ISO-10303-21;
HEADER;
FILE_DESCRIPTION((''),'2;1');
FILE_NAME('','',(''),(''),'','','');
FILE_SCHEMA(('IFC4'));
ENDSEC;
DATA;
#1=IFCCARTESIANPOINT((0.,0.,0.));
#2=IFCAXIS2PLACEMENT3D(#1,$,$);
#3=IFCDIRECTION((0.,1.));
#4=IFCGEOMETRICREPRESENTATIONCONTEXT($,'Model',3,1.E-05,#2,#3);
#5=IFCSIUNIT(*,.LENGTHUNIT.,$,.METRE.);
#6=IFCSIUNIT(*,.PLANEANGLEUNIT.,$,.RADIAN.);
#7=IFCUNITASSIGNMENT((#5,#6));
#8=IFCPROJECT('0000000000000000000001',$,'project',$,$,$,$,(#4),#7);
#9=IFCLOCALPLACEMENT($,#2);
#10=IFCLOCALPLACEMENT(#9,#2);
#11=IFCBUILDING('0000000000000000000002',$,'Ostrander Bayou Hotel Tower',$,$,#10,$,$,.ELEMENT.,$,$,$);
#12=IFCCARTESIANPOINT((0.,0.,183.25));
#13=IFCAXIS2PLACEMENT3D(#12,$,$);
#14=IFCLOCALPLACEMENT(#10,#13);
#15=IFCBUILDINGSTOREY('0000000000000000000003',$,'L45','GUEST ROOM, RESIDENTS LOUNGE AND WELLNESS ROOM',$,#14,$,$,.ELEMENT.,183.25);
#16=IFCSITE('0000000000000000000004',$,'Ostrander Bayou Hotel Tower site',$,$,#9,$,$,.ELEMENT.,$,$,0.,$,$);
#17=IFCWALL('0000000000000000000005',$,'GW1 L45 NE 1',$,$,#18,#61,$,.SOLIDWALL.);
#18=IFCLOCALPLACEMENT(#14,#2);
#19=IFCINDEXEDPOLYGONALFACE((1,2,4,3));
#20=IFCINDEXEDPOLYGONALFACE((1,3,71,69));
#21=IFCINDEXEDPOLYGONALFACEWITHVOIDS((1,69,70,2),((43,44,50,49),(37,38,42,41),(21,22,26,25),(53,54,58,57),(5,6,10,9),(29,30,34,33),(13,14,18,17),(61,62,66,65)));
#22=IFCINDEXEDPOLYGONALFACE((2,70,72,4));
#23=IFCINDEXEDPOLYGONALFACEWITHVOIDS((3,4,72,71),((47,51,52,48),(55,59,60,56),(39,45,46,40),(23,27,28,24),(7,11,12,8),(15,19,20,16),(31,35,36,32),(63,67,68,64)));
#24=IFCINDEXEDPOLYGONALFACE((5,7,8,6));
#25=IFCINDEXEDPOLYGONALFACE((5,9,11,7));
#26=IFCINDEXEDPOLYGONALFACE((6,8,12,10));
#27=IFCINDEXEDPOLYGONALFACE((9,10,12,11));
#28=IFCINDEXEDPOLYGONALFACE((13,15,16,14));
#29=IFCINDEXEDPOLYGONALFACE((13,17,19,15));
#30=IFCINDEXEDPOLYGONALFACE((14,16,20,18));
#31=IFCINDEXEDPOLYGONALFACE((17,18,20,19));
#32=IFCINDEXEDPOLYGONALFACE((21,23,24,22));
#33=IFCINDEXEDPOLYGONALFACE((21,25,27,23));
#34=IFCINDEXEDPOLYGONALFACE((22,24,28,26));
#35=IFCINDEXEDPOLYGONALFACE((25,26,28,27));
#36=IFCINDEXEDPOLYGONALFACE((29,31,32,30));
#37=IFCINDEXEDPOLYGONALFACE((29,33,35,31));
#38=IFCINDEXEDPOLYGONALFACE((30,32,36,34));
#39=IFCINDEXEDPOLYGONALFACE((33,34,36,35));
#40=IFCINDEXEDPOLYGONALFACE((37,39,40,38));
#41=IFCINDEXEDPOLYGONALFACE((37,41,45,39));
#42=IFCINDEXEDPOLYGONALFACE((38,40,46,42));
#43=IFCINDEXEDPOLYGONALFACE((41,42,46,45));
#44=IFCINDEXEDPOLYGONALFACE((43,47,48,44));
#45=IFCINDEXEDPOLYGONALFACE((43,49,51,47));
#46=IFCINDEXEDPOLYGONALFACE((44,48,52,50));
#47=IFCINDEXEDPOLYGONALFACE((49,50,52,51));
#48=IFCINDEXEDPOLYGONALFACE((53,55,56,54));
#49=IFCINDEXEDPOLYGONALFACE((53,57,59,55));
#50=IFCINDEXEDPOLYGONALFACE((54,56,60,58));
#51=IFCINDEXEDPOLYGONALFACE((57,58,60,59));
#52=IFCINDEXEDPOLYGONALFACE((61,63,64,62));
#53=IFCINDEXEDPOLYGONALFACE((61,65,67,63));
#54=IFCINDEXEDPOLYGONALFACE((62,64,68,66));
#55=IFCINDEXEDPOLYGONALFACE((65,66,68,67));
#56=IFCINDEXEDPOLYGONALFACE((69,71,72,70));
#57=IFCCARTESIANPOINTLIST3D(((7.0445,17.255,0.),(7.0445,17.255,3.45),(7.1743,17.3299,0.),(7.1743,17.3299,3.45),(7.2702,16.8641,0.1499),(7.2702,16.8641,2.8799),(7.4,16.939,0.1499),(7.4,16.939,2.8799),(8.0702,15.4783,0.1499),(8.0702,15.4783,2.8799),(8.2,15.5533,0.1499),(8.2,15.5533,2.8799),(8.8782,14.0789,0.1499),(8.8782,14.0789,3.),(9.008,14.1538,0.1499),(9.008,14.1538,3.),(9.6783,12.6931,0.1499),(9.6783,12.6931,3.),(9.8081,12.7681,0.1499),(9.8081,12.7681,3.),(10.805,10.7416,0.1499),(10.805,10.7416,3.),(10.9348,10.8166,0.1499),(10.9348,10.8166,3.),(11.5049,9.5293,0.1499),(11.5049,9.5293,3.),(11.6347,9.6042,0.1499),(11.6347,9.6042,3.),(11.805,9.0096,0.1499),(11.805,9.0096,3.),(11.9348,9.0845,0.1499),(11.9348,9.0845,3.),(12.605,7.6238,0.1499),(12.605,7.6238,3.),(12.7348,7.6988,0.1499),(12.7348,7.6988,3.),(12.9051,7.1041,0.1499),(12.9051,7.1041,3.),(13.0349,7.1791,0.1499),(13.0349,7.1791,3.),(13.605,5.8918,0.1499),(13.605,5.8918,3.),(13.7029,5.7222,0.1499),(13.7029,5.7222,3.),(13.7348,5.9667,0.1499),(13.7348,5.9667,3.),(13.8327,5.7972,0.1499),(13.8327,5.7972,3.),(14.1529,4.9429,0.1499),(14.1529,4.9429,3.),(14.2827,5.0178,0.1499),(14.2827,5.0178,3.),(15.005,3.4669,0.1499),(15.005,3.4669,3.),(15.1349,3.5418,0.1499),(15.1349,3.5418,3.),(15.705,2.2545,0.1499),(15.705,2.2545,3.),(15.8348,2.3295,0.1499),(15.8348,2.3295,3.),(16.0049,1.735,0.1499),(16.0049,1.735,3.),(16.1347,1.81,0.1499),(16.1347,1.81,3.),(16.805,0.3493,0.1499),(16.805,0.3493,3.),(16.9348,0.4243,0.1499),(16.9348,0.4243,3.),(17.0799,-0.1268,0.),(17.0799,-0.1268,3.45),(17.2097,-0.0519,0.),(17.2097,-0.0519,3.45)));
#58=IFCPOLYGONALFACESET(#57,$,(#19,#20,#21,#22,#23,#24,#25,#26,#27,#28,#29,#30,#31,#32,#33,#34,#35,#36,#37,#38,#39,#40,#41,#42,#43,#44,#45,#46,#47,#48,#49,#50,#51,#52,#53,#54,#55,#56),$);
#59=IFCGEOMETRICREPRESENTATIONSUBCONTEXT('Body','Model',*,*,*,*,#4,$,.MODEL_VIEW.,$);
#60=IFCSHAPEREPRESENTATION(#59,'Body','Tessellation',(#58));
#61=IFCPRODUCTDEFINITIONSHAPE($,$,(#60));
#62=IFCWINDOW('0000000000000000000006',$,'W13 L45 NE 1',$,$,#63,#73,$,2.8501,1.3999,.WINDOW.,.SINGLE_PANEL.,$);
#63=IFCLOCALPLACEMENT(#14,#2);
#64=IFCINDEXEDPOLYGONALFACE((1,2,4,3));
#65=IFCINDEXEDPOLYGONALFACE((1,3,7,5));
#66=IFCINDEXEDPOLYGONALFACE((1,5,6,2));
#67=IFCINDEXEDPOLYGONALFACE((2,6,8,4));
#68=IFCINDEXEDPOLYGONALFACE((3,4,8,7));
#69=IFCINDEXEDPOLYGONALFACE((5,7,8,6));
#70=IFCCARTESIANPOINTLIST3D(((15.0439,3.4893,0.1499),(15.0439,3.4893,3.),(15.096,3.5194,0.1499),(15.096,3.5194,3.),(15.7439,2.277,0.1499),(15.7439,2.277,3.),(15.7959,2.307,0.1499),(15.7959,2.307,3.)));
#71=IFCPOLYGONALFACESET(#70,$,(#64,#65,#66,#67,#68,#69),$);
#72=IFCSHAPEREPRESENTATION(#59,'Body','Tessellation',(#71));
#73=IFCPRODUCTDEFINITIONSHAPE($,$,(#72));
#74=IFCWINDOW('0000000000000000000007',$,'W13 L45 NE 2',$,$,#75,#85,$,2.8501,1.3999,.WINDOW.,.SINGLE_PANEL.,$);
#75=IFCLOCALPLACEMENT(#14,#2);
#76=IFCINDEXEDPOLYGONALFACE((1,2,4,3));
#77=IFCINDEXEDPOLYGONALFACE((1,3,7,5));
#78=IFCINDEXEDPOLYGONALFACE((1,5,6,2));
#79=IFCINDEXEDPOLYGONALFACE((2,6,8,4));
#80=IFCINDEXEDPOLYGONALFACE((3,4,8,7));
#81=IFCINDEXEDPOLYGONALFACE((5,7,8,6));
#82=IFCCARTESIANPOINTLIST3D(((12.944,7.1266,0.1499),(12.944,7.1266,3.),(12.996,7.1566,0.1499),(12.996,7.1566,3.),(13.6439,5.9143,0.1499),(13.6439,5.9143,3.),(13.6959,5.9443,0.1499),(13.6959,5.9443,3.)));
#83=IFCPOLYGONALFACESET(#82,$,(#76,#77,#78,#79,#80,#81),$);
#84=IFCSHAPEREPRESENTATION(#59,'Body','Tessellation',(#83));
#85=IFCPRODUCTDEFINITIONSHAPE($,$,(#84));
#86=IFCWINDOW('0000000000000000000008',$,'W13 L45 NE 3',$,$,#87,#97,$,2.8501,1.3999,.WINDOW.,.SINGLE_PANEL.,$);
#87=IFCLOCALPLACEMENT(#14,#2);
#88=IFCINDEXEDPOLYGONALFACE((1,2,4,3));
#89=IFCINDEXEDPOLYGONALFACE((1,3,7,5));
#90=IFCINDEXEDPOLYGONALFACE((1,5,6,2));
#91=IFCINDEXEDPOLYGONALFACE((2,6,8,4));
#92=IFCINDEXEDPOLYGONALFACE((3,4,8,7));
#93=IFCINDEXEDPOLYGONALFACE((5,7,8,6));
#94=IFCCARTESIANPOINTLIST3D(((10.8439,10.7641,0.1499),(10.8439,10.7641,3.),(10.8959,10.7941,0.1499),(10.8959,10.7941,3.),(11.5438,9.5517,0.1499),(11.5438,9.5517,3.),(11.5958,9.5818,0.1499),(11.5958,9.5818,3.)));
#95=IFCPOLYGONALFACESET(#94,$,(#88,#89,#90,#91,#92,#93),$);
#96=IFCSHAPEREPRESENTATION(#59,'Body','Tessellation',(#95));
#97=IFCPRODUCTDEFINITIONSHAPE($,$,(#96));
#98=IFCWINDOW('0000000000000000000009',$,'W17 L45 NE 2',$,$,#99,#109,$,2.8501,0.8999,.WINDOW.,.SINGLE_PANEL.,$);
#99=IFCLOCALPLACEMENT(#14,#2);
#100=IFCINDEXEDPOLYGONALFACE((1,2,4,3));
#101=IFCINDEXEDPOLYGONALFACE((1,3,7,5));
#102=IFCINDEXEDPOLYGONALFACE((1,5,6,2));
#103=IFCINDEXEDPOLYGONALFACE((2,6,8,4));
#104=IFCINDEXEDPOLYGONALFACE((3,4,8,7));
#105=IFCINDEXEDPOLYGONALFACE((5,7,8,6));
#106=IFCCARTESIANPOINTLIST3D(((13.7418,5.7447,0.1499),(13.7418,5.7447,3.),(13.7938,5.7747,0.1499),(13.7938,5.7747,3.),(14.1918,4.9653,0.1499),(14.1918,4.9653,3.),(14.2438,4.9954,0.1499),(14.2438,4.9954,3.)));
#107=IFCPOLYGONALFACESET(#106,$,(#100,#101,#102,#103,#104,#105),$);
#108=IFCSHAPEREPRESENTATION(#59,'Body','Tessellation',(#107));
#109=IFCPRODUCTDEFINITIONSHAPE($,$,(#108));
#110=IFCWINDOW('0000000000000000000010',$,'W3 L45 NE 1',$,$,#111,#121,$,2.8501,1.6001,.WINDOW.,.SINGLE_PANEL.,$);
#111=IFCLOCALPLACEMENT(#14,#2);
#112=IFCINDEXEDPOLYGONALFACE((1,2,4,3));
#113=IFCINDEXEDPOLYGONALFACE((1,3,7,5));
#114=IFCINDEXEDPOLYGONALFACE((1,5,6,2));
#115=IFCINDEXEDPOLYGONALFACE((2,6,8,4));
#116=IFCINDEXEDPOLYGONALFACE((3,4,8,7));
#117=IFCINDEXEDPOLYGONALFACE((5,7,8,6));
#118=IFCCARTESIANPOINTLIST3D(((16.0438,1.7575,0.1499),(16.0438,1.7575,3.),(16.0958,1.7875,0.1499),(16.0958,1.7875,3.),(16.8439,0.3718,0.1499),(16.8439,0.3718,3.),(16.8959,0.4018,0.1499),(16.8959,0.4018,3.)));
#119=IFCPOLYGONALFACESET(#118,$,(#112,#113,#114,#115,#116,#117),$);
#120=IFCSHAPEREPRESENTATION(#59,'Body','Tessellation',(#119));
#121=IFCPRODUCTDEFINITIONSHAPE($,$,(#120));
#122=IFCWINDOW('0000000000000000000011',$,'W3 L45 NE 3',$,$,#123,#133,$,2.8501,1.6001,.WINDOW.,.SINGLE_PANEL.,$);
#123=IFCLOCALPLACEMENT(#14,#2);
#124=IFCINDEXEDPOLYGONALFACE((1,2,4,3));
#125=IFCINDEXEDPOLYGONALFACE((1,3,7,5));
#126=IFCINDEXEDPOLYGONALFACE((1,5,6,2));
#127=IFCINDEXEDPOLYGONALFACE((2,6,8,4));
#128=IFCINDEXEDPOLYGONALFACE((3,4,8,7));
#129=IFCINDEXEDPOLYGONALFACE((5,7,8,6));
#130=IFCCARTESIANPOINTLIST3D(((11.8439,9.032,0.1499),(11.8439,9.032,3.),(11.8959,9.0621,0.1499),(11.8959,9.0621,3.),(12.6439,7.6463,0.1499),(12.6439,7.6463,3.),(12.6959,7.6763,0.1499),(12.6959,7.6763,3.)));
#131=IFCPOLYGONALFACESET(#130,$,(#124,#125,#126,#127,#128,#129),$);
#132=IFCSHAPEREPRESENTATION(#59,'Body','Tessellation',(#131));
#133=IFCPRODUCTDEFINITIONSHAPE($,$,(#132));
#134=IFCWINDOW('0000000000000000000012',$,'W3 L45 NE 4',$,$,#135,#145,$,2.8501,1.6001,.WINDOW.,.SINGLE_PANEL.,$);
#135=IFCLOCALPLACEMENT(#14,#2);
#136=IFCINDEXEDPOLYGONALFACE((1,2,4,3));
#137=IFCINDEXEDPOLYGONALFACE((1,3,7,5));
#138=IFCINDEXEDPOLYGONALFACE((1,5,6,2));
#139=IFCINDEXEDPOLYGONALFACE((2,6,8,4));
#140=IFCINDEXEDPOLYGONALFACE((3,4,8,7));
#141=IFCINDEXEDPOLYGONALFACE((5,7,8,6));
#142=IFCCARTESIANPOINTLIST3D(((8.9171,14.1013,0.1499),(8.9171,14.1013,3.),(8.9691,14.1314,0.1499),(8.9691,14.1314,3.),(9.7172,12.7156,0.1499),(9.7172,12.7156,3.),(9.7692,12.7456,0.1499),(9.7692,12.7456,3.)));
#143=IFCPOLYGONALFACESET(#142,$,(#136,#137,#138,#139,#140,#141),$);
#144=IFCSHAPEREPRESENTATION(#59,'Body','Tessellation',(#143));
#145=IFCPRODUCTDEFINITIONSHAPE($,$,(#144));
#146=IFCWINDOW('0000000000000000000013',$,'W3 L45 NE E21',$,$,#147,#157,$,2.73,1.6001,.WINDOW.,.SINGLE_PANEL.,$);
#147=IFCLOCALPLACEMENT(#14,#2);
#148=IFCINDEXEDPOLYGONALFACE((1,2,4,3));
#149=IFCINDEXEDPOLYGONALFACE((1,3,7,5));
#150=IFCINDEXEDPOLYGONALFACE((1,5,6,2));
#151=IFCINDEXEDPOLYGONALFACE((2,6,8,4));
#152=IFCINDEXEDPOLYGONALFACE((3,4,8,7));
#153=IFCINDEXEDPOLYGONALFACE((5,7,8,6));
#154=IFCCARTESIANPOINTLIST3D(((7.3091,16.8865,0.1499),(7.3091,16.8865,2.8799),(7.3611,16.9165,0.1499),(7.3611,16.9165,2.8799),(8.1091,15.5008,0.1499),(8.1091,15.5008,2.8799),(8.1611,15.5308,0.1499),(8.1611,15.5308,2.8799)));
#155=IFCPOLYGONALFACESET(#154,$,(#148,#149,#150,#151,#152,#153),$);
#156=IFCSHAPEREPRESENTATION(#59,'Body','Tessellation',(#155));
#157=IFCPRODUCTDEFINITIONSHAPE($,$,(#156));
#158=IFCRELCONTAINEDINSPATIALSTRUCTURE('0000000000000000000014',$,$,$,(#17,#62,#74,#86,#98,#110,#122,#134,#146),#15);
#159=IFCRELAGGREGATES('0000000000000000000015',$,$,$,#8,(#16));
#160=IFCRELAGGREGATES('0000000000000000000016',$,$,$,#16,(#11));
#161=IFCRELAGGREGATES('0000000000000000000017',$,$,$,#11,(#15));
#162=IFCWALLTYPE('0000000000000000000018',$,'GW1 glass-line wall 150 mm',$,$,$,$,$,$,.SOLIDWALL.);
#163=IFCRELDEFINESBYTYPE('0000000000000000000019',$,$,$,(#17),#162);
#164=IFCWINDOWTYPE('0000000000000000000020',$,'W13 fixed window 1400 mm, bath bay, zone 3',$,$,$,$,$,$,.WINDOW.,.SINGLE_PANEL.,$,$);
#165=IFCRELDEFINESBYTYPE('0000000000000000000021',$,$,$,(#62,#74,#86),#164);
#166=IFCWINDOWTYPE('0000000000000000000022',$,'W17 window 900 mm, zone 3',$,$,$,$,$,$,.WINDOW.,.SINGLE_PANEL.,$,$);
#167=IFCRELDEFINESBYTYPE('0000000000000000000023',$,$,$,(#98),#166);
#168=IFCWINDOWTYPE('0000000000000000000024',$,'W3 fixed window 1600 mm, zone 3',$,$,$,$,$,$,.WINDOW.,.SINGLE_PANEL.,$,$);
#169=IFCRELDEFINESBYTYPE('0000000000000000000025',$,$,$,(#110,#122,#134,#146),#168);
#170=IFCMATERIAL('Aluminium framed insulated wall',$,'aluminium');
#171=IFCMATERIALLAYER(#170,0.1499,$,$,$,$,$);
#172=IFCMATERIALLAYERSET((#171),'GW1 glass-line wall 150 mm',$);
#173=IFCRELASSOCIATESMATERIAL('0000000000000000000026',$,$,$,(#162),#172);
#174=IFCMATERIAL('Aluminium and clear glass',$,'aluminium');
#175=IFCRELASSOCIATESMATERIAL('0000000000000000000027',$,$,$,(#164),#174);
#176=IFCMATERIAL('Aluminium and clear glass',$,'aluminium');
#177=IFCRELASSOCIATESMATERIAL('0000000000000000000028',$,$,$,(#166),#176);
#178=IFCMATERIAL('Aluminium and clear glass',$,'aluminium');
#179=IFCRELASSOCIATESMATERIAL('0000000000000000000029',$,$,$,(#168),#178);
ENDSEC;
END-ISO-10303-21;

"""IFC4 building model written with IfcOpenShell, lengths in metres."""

from ifc_helpers import new_model, si_unit, direction, frame, frame_2d, origin, place, context, subcontext, project, spatial, rectangle, extrude, material, layer, layer_set, type_object, element, fill, save


model = new_model("IFC4")

# Units and contexts
model_context = context("Model", 3, precision=1e-05, world=origin(), true_north=direction((0.0, 1.0)))
body_context = subcontext(model_context, "Body", "Model", "MODEL_VIEW")
ifc_project = project(units=[si_unit("LENGTHUNIT", "METRE"), si_unit("PLANEANGLEUNIT", "RADIAN")], contexts=[model_context])

# Site, building, storey
site_placement = place(None, origin())
site = spatial("IfcSite", under=ifc_project, at=site_placement, Name="Ostrander Bayou Hotel Tower site", CompositionType="ELEMENT", RefElevation=0.0)
building_placement = place(site_placement, origin())
building = spatial("IfcBuilding", under=site, at=building_placement, Name="Ostrander Bayou Hotel Tower", CompositionType="ELEMENT")
storey_placement = place(building_placement, frame((0.0, 0.0, 183.25)))
storey = spatial("IfcBuildingStorey", under=building, at=storey_placement, Name="L45", Description="GUEST ROOM, RESIDENTS LOUNGE AND WELLNESS ROOM", CompositionType="ELEMENT", Elevation=183.25)

# Wall, openings, windows
ifc_material_1 = material(Name="Aluminium framed insulated wall", Category="aluminium")
ifc_layer_1 = layer(ifc_material_1, 0.1499)
ifc_layer_set_1 = layer_set([ifc_layer_1], Name="GW1 glass-line wall 150 mm")
wall_type_1 = type_object("IfcWallType", Name="GW1 glass-line wall 150 mm", PredefinedType="SOLIDWALL", material=ifc_layer_set_1)
wall_1_placement = place(storey_placement, frame((17.1448, -0.0894, 0.0), z_axis=(0.0, 0.0, 1.0), x_axis=(-0.5, 0.866026, 0.0)))
wall_1 = element("IfcWall", 1, at=wall_1_placement, inside=storey, type_object=wall_type_1, Name="GW1 L45 NE 1", PredefinedType="SOLIDWALL", context=body_context, shape_type="SweptSolid", body=[
    extrude(rectangle(XDim=20.0708, YDim=0.1499, at=frame_2d((10.0354, 0.0))), origin(), (0.0, 0.0, 1.0), 3.45),
])
opening_1_placement = place(wall_1_placement, frame((0.5498, 0.0, 0.1499)))
opening_1 = element("IfcOpeningElement", 2, at=opening_1_placement, cuts=wall_1, PredefinedType="OPENING", context=body_context, shape_type="SweptSolid", body=[
    extrude(rectangle(XDim=1.6001, YDim=2.8501, at=frame_2d((0.8, 1.425))), frame((0.0, 0.075, 0.0), z_axis=(0.0, -1.0, 0.0), x_axis=(1.0, 0.0, 0.0)), (0.0, 0.0, 1.0), 0.1499),
])
opening_2_placement = place(wall_1_placement, frame((2.7498, 0.0, 0.1499)))
opening_2 = element("IfcOpeningElement", 3, at=opening_2_placement, cuts=wall_1, PredefinedType="OPENING", context=body_context, shape_type="SweptSolid", body=[
    extrude(rectangle(XDim=1.3999, YDim=2.8501, at=frame_2d((0.7, 1.425))), frame((0.0, 0.075, 0.0), z_axis=(0.0, -1.0, 0.0), x_axis=(1.0, 0.0, 0.0)), (0.0, 0.0, 1.0), 0.1499),
])
opening_3_placement = place(wall_1_placement, frame((5.854, 0.0, 0.1499)))
opening_3 = element("IfcOpeningElement", 4, at=opening_3_placement, cuts=wall_1, PredefinedType="OPENING", context=body_context, shape_type="SweptSolid", body=[
    extrude(rectangle(XDim=0.8999, YDim=2.8501, at=frame_2d((0.45, 1.425))), frame((0.0, 0.075, 0.0), z_axis=(0.0, -1.0, 0.0), x_axis=(1.0, 0.0, 0.0)), (0.0, 0.0, 1.0), 0.1499),
])
opening_4_placement = place(wall_1_placement, frame((6.9497, 0.0, 0.1499)))
opening_4 = element("IfcOpeningElement", 5, at=opening_4_placement, cuts=wall_1, PredefinedType="OPENING", context=body_context, shape_type="SweptSolid", body=[
    extrude(rectangle(XDim=1.3999, YDim=2.8501, at=frame_2d((0.7, 1.425))), frame((0.0, 0.075, 0.0), z_axis=(0.0, -1.0, 0.0), x_axis=(1.0, 0.0, 0.0)), (0.0, 0.0, 1.0), 0.1499),
])
opening_5_placement = place(wall_1_placement, frame((8.9497, 0.0, 0.1499)))
opening_5 = element("IfcOpeningElement", 6, at=opening_5_placement, cuts=wall_1, PredefinedType="OPENING", context=body_context, shape_type="SweptSolid", body=[
    extrude(rectangle(XDim=1.6001, YDim=2.8501, at=frame_2d((0.8, 1.425))), frame((0.0, 0.075, 0.0), z_axis=(0.0, -1.0, 0.0), x_axis=(1.0, 0.0, 0.0)), (0.0, 0.0, 1.0), 0.1499),
])
opening_6_placement = place(wall_1_placement, frame((11.1499, 0.0, 0.1499)))
opening_6 = element("IfcOpeningElement", 7, at=opening_6_placement, cuts=wall_1, PredefinedType="OPENING", context=body_context, shape_type="SweptSolid", body=[
    extrude(rectangle(XDim=1.3999, YDim=2.8501, at=frame_2d((0.7, 1.425))), frame((0.0, 0.075, 0.0), z_axis=(0.0, -1.0, 0.0), x_axis=(1.0, 0.0, 0.0)), (0.0, 0.0, 1.0), 0.1499),
])
opening_7_placement = place(wall_1_placement, frame((14.8032, 0.0, 0.1499)))
opening_7 = element("IfcOpeningElement", 8, at=opening_7_placement, cuts=wall_1, PredefinedType="OPENING", context=body_context, shape_type="SweptSolid", body=[
    extrude(rectangle(XDim=1.6001, YDim=2.8501, at=frame_2d((0.8, 1.425))), frame((0.0, 0.075, 0.0), z_axis=(0.0, -1.0, 0.0), x_axis=(1.0, 0.0, 0.0)), (0.0, 0.0, 1.0), 0.1499),
])
opening_8_placement = place(wall_1_placement, frame((18.0193, 0.0, 0.1499)))
opening_8 = element("IfcOpeningElement", 9, at=opening_8_placement, cuts=wall_1, PredefinedType="OPENING", context=body_context, shape_type="SweptSolid", body=[
    extrude(rectangle(XDim=1.6001, YDim=2.73, at=frame_2d((0.8, 1.365))), frame((0.0, 0.075, 0.0), z_axis=(0.0, -1.0, 0.0), x_axis=(1.0, 0.0, 0.0)), (0.0, 0.0, 1.0), 0.1499),
])
ifc_material_2 = material(Name="Aluminium and clear glass", Category="aluminium")
window_type_1 = type_object("IfcWindowType", Name="W13 fixed window 1400 mm, bath bay, zone 3", PartitioningType="SINGLE_PANEL", PredefinedType="WINDOW", material=ifc_material_2)
window_1_placement = place(opening_2_placement, origin())
window_1 = element("IfcWindow", 10, at=window_1_placement, inside=storey, type_object=window_type_1, Name="W13 L45 NE 1", OverallHeight=2.8501, OverallWidth=1.3999, PartitioningType="SINGLE_PANEL", PredefinedType="WINDOW", context=body_context, shape_type="SweptSolid", body=[
    extrude(rectangle(XDim=1.3999, YDim=2.8501, at=frame_2d((0.7, 1.425))), frame((0.0, 0.03, 0.0), z_axis=(0.0, -1.0, 0.0), x_axis=(1.0, 0.0, 0.0)), (0.0, 0.0, 1.0), 0.0601),
])
fill(opening_2, window_1)
window_2_placement = place(opening_4_placement, origin())
window_2 = element("IfcWindow", 11, at=window_2_placement, inside=storey, type_object=window_type_1, Name="W13 L45 NE 2", OverallHeight=2.8501, OverallWidth=1.3999, PartitioningType="SINGLE_PANEL", PredefinedType="WINDOW", context=body_context, shape_type="SweptSolid", body=[
    extrude(rectangle(XDim=1.3999, YDim=2.8501, at=frame_2d((0.7, 1.425))), frame((0.0, 0.03, 0.0), z_axis=(0.0, -1.0, 0.0), x_axis=(1.0, 0.0, 0.0)), (0.0, 0.0, 1.0), 0.0601),
])
fill(opening_4, window_2)
window_3_placement = place(opening_6_placement, origin())
window_3 = element("IfcWindow", 12, at=window_3_placement, inside=storey, type_object=window_type_1, Name="W13 L45 NE 3", OverallHeight=2.8501, OverallWidth=1.3999, PartitioningType="SINGLE_PANEL", PredefinedType="WINDOW", context=body_context, shape_type="SweptSolid", body=[
    extrude(rectangle(XDim=1.3999, YDim=2.8501, at=frame_2d((0.7, 1.425))), frame((0.0, 0.03, 0.0), z_axis=(0.0, -1.0, 0.0), x_axis=(1.0, 0.0, 0.0)), (0.0, 0.0, 1.0), 0.0601),
])
fill(opening_6, window_3)
ifc_material_3 = material(Name="Aluminium and clear glass", Category="aluminium")
window_type_2 = type_object("IfcWindowType", Name="W17 window 900 mm, zone 3", PartitioningType="SINGLE_PANEL", PredefinedType="WINDOW", material=ifc_material_3)
window_4_placement = place(opening_3_placement, origin())
window_4 = element("IfcWindow", 13, at=window_4_placement, inside=storey, type_object=window_type_2, Name="W17 L45 NE 2", OverallHeight=2.8501, OverallWidth=0.8999, PartitioningType="SINGLE_PANEL", PredefinedType="WINDOW", context=body_context, shape_type="SweptSolid", body=[
    extrude(rectangle(XDim=0.8999, YDim=2.8501, at=frame_2d((0.45, 1.425))), frame((0.0, 0.03, 0.0), z_axis=(0.0, -1.0, 0.0), x_axis=(1.0, 0.0, 0.0)), (0.0, 0.0, 1.0), 0.0601),
])
fill(opening_3, window_4)
ifc_material_4 = material(Name="Aluminium and clear glass", Category="aluminium")
window_type_3 = type_object("IfcWindowType", Name="W3 fixed window 1600 mm, zone 3", PartitioningType="SINGLE_PANEL", PredefinedType="WINDOW", material=ifc_material_4)
window_5_placement = place(opening_1_placement, origin())
window_5 = element("IfcWindow", 14, at=window_5_placement, inside=storey, type_object=window_type_3, Name="W3 L45 NE 1", OverallHeight=2.8501, OverallWidth=1.6001, PartitioningType="SINGLE_PANEL", PredefinedType="WINDOW", context=body_context, shape_type="SweptSolid", body=[
    extrude(rectangle(XDim=1.6001, YDim=2.8501, at=frame_2d((0.8, 1.425))), frame((0.0, 0.03, 0.0), z_axis=(0.0, -1.0, 0.0), x_axis=(1.0, 0.0, 0.0)), (0.0, 0.0, 1.0), 0.0601),
])
fill(opening_1, window_5)
window_6_placement = place(opening_5_placement, origin())
window_6 = element("IfcWindow", 15, at=window_6_placement, inside=storey, type_object=window_type_3, Name="W3 L45 NE 3", OverallHeight=2.8501, OverallWidth=1.6001, PartitioningType="SINGLE_PANEL", PredefinedType="WINDOW", context=body_context, shape_type="SweptSolid", body=[
    extrude(rectangle(XDim=1.6001, YDim=2.8501, at=frame_2d((0.8, 1.425))), frame((0.0, 0.03, 0.0), z_axis=(0.0, -1.0, 0.0), x_axis=(1.0, 0.0, 0.0)), (0.0, 0.0, 1.0), 0.0601),
])
fill(opening_5, window_6)
window_7_placement = place(opening_7_placement, origin())
window_7 = element("IfcWindow", 16, at=window_7_placement, inside=storey, type_object=window_type_3, Name="W3 L45 NE 4", OverallHeight=2.8501, OverallWidth=1.6001, PartitioningType="SINGLE_PANEL", PredefinedType="WINDOW", context=body_context, shape_type="SweptSolid", body=[
    extrude(rectangle(XDim=1.6001, YDim=2.8501, at=frame_2d((0.8, 1.425))), frame((0.0, 0.03, 0.0), z_axis=(0.0, -1.0, 0.0), x_axis=(1.0, 0.0, 0.0)), (0.0, 0.0, 1.0), 0.0601),
])
fill(opening_7, window_7)
window_8_placement = place(opening_8_placement, origin())
window_8 = element("IfcWindow", 17, at=window_8_placement, inside=storey, type_object=window_type_3, Name="W3 L45 NE E21", OverallHeight=2.73, OverallWidth=1.6001, PartitioningType="SINGLE_PANEL", PredefinedType="WINDOW", context=body_context, shape_type="SweptSolid", body=[
    extrude(rectangle(XDim=1.6001, YDim=2.73, at=frame_2d((0.8, 1.365))), frame((0.0, 0.03, 0.0), z_axis=(0.0, -1.0, 0.0), x_axis=(1.0, 0.0, 0.0)), (0.0, 0.0, 1.0), 0.0601),
])
fill(opening_8, window_8)

save(model, "model.ifc")
